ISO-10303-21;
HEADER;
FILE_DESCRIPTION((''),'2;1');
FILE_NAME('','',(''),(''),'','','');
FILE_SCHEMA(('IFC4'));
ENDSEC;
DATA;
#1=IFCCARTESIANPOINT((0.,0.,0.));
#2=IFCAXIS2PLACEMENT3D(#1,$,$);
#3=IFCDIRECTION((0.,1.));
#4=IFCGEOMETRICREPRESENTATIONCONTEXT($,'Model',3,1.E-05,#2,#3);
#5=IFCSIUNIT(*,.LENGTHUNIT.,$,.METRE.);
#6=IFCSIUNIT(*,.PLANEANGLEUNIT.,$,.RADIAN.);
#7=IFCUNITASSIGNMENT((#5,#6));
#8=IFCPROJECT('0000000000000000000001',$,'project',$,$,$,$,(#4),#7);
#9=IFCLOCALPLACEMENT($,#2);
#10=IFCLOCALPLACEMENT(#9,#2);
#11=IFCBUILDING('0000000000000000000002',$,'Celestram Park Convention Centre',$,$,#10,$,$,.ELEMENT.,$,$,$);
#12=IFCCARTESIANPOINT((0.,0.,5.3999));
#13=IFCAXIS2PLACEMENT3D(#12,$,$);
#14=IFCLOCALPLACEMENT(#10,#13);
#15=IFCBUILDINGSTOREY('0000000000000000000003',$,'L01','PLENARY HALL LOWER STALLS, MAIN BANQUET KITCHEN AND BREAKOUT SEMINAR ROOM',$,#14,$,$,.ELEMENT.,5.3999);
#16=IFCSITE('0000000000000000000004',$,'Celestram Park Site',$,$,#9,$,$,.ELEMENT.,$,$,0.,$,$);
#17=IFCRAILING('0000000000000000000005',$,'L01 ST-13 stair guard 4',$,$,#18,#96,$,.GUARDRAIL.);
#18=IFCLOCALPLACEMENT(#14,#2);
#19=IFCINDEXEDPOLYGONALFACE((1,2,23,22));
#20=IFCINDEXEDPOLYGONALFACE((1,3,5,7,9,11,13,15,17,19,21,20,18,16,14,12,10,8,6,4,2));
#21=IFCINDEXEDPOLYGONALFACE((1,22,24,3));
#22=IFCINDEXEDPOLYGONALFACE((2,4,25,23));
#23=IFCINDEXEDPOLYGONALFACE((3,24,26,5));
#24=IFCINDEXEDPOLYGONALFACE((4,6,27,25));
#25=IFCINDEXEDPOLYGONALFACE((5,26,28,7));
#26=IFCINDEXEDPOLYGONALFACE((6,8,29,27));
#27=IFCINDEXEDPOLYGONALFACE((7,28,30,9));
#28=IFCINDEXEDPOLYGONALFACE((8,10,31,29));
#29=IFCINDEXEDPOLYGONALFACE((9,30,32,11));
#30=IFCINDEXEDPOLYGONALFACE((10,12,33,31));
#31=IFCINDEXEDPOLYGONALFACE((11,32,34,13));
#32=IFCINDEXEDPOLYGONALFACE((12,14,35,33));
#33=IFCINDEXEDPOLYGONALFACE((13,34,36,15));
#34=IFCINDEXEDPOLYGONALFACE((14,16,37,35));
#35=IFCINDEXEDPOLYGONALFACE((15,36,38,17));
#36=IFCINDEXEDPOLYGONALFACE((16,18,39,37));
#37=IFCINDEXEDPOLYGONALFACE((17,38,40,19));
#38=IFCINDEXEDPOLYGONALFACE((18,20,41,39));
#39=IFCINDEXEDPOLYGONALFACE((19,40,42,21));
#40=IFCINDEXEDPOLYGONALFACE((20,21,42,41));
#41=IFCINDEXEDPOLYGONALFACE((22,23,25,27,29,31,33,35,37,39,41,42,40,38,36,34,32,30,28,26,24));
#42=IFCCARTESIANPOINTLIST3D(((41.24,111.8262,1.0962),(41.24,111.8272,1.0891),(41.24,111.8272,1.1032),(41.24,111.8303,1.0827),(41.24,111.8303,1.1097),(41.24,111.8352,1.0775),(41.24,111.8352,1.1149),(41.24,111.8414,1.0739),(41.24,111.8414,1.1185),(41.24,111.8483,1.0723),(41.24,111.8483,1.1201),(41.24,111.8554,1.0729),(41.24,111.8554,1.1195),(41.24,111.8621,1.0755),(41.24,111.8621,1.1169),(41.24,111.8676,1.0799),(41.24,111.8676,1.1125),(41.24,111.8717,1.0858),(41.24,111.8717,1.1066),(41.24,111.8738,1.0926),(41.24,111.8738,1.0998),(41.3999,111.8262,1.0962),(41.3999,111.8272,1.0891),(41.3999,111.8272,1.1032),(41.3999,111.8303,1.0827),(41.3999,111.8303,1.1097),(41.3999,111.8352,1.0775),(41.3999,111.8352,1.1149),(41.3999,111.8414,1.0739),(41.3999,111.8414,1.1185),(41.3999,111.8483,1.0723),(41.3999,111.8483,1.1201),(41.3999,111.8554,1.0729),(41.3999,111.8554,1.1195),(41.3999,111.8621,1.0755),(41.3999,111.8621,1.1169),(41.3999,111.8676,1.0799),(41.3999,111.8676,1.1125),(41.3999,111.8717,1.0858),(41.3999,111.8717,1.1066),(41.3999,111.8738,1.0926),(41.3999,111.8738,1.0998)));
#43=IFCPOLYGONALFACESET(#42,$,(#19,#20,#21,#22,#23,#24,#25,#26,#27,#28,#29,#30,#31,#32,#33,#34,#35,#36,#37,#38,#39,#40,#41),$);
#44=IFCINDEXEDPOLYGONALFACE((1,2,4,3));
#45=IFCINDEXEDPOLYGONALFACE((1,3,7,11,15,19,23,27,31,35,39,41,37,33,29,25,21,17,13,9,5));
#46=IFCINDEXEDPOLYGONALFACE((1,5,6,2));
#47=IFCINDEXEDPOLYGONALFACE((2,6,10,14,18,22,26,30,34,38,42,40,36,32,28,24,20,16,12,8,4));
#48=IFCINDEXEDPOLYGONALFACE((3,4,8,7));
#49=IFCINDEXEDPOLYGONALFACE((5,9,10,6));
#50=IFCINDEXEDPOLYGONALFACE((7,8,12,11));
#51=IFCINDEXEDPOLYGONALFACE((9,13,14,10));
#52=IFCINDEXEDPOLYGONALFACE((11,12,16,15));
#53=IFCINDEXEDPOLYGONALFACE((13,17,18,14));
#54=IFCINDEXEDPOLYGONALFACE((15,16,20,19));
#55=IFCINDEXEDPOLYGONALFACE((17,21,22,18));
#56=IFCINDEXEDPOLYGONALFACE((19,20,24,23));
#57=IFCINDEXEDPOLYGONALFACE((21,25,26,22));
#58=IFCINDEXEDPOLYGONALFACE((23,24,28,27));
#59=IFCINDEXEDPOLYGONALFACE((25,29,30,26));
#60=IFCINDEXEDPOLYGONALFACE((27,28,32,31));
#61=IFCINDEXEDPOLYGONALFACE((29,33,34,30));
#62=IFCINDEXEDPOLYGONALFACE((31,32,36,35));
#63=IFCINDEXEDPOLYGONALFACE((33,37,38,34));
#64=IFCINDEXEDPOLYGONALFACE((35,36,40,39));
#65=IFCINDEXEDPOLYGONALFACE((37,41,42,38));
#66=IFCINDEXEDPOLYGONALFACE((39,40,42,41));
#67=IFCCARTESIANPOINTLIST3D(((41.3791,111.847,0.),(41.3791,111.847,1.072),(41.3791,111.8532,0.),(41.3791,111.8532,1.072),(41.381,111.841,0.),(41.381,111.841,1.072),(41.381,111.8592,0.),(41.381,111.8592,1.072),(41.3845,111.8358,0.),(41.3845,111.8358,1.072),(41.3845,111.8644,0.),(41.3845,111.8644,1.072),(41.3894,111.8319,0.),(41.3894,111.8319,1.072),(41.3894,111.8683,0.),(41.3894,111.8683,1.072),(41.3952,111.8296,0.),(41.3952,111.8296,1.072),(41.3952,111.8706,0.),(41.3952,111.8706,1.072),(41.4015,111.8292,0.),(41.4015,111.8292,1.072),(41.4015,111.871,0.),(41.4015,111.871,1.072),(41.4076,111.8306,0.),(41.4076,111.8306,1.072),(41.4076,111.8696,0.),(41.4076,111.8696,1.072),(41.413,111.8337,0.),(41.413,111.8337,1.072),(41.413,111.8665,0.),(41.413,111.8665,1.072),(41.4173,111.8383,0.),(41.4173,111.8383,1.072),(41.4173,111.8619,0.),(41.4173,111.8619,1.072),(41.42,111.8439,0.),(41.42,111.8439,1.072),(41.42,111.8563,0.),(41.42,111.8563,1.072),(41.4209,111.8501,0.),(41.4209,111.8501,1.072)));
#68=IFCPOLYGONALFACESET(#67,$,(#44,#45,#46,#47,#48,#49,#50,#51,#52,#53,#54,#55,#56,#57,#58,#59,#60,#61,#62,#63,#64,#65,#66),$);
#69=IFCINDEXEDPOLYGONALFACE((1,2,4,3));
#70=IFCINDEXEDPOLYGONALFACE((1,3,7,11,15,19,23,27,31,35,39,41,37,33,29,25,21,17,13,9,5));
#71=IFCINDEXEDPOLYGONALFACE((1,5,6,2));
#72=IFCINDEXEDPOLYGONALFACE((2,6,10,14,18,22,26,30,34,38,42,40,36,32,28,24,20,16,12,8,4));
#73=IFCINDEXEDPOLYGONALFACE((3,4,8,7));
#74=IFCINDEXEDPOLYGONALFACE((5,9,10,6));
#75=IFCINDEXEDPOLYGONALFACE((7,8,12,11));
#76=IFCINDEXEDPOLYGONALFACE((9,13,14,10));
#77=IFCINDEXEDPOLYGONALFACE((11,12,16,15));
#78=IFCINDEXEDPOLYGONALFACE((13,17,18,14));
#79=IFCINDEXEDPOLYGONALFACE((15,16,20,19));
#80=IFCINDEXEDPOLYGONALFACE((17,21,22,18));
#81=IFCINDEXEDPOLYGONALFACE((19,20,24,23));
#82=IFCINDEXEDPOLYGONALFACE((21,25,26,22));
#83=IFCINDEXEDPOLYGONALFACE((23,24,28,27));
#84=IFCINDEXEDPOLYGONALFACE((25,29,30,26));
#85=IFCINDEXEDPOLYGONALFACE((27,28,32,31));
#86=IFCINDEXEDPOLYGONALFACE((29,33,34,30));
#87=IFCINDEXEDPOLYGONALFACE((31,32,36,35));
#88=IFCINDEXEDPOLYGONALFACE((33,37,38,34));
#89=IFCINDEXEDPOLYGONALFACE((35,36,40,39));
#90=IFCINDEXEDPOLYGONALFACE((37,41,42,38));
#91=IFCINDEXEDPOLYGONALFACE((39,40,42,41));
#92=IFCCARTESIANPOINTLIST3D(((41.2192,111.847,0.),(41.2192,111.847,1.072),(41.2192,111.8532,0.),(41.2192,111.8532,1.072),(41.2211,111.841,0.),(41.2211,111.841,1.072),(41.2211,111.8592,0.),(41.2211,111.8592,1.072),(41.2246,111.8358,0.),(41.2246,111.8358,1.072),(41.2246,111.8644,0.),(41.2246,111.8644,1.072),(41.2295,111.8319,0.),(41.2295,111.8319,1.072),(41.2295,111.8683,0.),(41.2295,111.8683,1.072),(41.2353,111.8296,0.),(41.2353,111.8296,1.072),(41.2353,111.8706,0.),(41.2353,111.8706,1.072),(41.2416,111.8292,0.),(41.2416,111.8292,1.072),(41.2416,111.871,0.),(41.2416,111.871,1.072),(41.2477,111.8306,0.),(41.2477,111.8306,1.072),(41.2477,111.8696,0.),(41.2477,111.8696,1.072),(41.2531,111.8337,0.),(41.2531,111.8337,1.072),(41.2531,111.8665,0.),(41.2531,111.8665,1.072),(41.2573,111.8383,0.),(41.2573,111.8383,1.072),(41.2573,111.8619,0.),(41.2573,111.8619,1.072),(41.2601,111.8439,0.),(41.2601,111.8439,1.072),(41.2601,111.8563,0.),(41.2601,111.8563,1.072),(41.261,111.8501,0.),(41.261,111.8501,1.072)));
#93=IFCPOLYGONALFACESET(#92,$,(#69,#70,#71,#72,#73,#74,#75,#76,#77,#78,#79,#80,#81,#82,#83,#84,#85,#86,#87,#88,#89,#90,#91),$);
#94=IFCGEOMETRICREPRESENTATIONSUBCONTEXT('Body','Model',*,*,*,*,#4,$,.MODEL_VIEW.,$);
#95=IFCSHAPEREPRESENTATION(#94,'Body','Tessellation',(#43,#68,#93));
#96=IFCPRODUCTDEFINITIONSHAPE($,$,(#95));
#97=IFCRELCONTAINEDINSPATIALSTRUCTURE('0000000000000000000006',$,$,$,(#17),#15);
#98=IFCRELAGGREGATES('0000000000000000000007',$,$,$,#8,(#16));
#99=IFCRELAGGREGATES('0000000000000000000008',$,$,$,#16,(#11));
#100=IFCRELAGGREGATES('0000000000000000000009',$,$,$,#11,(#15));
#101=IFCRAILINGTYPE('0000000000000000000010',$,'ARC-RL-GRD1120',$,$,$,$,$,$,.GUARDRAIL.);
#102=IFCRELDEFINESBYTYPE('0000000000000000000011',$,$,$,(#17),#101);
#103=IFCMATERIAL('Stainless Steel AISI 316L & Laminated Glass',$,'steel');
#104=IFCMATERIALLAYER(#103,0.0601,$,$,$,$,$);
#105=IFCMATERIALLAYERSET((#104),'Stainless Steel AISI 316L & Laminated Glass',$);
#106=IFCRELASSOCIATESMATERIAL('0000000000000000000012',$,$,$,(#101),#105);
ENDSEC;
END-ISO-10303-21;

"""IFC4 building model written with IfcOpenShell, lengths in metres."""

from ifc_helpers import new_model, si_unit, direction, frame, origin, origin_2d, place, context, subcontext, project, spatial, circle, extrude, material, layer, layer_set, type_object, element, save


model = new_model("IFC4")

# Units and contexts
model_context = context("Model", 3, precision=1e-05, world=origin(), true_north=direction((0.0, 1.0)))
body_context = subcontext(model_context, "Body", "Model", "MODEL_VIEW")
ifc_project = project(units=[si_unit("LENGTHUNIT", "METRE"), si_unit("PLANEANGLEUNIT", "RADIAN")], contexts=[model_context])

# Site, building, storey
site_placement = place(None, origin())
site = spatial("IfcSite", under=ifc_project, at=site_placement, Name="Celestram Park Site", CompositionType="ELEMENT", RefElevation=0.0)
building_placement = place(site_placement, origin())
building = spatial("IfcBuilding", under=site, at=building_placement, Name="Celestram Park Convention Centre", CompositionType="ELEMENT")
storey_placement = place(building_placement, frame((0.0, 0.0, 5.3999)))
storey = spatial("IfcBuildingStorey", under=building, at=storey_placement, Name="L01", Description="PLENARY HALL LOWER STALLS, MAIN BANQUET KITCHEN AND BREAKOUT SEMINAR ROOM", CompositionType="ELEMENT", Elevation=5.3999)

# Railing
ifc_material_1 = material(Name="Stainless Steel AISI 316L & Laminated Glass", Category="steel")
ifc_layer_1 = layer(ifc_material_1, 0.0601)
ifc_layer_set_1 = layer_set([ifc_layer_1], Name="Stainless Steel AISI 316L & Laminated Glass")
railing_type_1 = type_object("IfcRailingType", Name="ARC-RL-GRD1120", PredefinedType="GUARDRAIL", material=ifc_layer_set_1)
railing_1_placement = place(storey_placement, frame((41.3999, 111.8501, 0.0)))
element("IfcRailing", 1, at=railing_1_placement, inside=storey, type_object=railing_type_1, Name="L01 ST-13 stair guard 4", PredefinedType="GUARDRAIL", context=body_context, shape_type="SweptSolid", body=[
    extrude(circle(Radius=0.0239, at=origin_2d()), frame((0.0, 0.0, 1.0962), z_axis=(-1.0, 0.0, 0.0), x_axis=(0.0, -1.0, 0.0)), (0.0, 0.0, 1.0), 0.1599),
    extrude(circle(Radius=0.021, at=origin_2d()), origin(), (0.0, 0.0, 1.0), 1.072),
    extrude(circle(Radius=0.021, at=origin_2d()), frame((-0.1599, 0.0, 0.0)), (0.0, 0.0, 1.0), 1.072),
])

save(model, "model.ifc")
